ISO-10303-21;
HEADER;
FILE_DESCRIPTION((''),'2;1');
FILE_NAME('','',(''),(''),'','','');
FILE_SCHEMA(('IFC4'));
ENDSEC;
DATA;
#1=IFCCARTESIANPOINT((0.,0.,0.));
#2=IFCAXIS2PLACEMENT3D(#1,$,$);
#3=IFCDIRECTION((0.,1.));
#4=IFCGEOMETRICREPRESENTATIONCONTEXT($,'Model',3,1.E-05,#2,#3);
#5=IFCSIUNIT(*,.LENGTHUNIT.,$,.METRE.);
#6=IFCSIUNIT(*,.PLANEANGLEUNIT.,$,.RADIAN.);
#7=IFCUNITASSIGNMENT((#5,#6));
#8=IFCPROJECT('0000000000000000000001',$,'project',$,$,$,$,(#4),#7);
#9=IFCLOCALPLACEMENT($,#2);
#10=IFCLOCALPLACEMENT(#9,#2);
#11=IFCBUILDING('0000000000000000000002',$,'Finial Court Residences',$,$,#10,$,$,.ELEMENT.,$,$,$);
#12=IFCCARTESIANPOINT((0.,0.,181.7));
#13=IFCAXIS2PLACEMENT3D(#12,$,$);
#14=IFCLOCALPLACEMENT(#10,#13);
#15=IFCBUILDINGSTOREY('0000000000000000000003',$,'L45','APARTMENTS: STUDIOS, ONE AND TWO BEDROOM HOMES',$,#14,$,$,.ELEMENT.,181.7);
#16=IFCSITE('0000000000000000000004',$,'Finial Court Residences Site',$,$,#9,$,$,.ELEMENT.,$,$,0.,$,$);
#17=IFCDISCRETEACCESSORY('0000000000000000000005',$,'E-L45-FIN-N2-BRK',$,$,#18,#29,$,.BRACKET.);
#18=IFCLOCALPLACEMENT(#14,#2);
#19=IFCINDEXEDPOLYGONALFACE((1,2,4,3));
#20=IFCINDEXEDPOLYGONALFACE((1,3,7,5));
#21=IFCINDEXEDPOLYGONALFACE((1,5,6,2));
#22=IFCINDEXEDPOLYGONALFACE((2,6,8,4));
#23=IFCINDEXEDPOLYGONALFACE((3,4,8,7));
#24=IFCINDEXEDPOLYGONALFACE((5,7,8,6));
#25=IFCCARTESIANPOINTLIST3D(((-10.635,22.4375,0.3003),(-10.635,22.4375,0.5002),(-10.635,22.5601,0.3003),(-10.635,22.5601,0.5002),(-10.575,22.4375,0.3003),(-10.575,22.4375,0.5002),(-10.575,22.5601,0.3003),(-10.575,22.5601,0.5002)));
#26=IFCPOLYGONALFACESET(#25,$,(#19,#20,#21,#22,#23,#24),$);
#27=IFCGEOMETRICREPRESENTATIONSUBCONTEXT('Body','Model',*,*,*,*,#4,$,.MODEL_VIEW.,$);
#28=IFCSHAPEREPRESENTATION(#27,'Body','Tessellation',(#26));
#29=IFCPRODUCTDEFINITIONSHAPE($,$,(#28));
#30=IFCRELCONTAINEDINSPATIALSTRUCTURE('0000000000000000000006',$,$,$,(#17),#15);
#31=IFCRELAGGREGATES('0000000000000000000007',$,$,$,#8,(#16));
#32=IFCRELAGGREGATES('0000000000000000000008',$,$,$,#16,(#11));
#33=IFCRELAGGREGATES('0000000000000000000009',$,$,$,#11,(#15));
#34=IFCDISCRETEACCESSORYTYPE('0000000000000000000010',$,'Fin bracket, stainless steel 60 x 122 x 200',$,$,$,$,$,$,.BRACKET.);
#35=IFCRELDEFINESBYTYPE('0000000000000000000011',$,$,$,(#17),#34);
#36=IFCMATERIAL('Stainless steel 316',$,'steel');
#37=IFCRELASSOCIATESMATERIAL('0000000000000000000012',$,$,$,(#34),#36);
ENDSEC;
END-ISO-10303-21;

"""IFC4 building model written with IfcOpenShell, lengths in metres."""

from ifc_helpers import new_model, si_unit, direction, frame, origin, origin_2d, place, context, subcontext, project, spatial, rectangle, extrude, material, type_object, element, save


model = new_model("IFC4")

# Units and contexts
model_context = context("Model", 3, precision=1e-05, world=origin(), true_north=direction((0.0, 1.0)))
body_context = subcontext(model_context, "Body", "Model", "MODEL_VIEW")
ifc_project = project(units=[si_unit("LENGTHUNIT", "METRE"), si_unit("PLANEANGLEUNIT", "RADIAN")], contexts=[model_context])

# Site, building, storey
site_placement = place(None, origin())
site = spatial("IfcSite", under=ifc_project, at=site_placement, Name="Finial Court Residences Site", CompositionType="ELEMENT", RefElevation=0.0)
building_placement = place(site_placement, origin())
building = spatial("IfcBuilding", under=site, at=building_placement, Name="Finial Court Residences", CompositionType="ELEMENT")
storey_placement = place(building_placement, frame((0.0, 0.0, 181.7)))
storey = spatial("IfcBuildingStorey", under=building, at=storey_placement, Name="L45", Description="APARTMENTS: STUDIOS, ONE AND TWO BEDROOM HOMES", CompositionType="ELEMENT", Elevation=181.7)

# Discrete accessory
ifc_material_1 = material(Name="Stainless steel 316", Category="steel")
discrete_accessory_type = type_object("IfcDiscreteAccessoryType", Name="Fin bracket, stainless steel 60 x 122 x 200", PredefinedType="BRACKET", material=ifc_material_1)
discrete_accessory_placement = place(storey_placement, frame((-10.605, 22.4988, 0.3003), z_axis=(0.0, 0.0, 1.0), x_axis=(1.0, 0.0, 0.0)))
element("IfcDiscreteAccessory", 1, at=discrete_accessory_placement, inside=storey, type_object=discrete_accessory_type, Name="E-L45-FIN-N2-BRK", PredefinedType="BRACKET", context=body_context, shape_type="SweptSolid", body=[
    extrude(rectangle(XDim=0.0601, YDim=0.1226, at=origin_2d()), origin(), (0.0, 0.0, 1.0), 0.2),
])

save(model, "model.ifc")
